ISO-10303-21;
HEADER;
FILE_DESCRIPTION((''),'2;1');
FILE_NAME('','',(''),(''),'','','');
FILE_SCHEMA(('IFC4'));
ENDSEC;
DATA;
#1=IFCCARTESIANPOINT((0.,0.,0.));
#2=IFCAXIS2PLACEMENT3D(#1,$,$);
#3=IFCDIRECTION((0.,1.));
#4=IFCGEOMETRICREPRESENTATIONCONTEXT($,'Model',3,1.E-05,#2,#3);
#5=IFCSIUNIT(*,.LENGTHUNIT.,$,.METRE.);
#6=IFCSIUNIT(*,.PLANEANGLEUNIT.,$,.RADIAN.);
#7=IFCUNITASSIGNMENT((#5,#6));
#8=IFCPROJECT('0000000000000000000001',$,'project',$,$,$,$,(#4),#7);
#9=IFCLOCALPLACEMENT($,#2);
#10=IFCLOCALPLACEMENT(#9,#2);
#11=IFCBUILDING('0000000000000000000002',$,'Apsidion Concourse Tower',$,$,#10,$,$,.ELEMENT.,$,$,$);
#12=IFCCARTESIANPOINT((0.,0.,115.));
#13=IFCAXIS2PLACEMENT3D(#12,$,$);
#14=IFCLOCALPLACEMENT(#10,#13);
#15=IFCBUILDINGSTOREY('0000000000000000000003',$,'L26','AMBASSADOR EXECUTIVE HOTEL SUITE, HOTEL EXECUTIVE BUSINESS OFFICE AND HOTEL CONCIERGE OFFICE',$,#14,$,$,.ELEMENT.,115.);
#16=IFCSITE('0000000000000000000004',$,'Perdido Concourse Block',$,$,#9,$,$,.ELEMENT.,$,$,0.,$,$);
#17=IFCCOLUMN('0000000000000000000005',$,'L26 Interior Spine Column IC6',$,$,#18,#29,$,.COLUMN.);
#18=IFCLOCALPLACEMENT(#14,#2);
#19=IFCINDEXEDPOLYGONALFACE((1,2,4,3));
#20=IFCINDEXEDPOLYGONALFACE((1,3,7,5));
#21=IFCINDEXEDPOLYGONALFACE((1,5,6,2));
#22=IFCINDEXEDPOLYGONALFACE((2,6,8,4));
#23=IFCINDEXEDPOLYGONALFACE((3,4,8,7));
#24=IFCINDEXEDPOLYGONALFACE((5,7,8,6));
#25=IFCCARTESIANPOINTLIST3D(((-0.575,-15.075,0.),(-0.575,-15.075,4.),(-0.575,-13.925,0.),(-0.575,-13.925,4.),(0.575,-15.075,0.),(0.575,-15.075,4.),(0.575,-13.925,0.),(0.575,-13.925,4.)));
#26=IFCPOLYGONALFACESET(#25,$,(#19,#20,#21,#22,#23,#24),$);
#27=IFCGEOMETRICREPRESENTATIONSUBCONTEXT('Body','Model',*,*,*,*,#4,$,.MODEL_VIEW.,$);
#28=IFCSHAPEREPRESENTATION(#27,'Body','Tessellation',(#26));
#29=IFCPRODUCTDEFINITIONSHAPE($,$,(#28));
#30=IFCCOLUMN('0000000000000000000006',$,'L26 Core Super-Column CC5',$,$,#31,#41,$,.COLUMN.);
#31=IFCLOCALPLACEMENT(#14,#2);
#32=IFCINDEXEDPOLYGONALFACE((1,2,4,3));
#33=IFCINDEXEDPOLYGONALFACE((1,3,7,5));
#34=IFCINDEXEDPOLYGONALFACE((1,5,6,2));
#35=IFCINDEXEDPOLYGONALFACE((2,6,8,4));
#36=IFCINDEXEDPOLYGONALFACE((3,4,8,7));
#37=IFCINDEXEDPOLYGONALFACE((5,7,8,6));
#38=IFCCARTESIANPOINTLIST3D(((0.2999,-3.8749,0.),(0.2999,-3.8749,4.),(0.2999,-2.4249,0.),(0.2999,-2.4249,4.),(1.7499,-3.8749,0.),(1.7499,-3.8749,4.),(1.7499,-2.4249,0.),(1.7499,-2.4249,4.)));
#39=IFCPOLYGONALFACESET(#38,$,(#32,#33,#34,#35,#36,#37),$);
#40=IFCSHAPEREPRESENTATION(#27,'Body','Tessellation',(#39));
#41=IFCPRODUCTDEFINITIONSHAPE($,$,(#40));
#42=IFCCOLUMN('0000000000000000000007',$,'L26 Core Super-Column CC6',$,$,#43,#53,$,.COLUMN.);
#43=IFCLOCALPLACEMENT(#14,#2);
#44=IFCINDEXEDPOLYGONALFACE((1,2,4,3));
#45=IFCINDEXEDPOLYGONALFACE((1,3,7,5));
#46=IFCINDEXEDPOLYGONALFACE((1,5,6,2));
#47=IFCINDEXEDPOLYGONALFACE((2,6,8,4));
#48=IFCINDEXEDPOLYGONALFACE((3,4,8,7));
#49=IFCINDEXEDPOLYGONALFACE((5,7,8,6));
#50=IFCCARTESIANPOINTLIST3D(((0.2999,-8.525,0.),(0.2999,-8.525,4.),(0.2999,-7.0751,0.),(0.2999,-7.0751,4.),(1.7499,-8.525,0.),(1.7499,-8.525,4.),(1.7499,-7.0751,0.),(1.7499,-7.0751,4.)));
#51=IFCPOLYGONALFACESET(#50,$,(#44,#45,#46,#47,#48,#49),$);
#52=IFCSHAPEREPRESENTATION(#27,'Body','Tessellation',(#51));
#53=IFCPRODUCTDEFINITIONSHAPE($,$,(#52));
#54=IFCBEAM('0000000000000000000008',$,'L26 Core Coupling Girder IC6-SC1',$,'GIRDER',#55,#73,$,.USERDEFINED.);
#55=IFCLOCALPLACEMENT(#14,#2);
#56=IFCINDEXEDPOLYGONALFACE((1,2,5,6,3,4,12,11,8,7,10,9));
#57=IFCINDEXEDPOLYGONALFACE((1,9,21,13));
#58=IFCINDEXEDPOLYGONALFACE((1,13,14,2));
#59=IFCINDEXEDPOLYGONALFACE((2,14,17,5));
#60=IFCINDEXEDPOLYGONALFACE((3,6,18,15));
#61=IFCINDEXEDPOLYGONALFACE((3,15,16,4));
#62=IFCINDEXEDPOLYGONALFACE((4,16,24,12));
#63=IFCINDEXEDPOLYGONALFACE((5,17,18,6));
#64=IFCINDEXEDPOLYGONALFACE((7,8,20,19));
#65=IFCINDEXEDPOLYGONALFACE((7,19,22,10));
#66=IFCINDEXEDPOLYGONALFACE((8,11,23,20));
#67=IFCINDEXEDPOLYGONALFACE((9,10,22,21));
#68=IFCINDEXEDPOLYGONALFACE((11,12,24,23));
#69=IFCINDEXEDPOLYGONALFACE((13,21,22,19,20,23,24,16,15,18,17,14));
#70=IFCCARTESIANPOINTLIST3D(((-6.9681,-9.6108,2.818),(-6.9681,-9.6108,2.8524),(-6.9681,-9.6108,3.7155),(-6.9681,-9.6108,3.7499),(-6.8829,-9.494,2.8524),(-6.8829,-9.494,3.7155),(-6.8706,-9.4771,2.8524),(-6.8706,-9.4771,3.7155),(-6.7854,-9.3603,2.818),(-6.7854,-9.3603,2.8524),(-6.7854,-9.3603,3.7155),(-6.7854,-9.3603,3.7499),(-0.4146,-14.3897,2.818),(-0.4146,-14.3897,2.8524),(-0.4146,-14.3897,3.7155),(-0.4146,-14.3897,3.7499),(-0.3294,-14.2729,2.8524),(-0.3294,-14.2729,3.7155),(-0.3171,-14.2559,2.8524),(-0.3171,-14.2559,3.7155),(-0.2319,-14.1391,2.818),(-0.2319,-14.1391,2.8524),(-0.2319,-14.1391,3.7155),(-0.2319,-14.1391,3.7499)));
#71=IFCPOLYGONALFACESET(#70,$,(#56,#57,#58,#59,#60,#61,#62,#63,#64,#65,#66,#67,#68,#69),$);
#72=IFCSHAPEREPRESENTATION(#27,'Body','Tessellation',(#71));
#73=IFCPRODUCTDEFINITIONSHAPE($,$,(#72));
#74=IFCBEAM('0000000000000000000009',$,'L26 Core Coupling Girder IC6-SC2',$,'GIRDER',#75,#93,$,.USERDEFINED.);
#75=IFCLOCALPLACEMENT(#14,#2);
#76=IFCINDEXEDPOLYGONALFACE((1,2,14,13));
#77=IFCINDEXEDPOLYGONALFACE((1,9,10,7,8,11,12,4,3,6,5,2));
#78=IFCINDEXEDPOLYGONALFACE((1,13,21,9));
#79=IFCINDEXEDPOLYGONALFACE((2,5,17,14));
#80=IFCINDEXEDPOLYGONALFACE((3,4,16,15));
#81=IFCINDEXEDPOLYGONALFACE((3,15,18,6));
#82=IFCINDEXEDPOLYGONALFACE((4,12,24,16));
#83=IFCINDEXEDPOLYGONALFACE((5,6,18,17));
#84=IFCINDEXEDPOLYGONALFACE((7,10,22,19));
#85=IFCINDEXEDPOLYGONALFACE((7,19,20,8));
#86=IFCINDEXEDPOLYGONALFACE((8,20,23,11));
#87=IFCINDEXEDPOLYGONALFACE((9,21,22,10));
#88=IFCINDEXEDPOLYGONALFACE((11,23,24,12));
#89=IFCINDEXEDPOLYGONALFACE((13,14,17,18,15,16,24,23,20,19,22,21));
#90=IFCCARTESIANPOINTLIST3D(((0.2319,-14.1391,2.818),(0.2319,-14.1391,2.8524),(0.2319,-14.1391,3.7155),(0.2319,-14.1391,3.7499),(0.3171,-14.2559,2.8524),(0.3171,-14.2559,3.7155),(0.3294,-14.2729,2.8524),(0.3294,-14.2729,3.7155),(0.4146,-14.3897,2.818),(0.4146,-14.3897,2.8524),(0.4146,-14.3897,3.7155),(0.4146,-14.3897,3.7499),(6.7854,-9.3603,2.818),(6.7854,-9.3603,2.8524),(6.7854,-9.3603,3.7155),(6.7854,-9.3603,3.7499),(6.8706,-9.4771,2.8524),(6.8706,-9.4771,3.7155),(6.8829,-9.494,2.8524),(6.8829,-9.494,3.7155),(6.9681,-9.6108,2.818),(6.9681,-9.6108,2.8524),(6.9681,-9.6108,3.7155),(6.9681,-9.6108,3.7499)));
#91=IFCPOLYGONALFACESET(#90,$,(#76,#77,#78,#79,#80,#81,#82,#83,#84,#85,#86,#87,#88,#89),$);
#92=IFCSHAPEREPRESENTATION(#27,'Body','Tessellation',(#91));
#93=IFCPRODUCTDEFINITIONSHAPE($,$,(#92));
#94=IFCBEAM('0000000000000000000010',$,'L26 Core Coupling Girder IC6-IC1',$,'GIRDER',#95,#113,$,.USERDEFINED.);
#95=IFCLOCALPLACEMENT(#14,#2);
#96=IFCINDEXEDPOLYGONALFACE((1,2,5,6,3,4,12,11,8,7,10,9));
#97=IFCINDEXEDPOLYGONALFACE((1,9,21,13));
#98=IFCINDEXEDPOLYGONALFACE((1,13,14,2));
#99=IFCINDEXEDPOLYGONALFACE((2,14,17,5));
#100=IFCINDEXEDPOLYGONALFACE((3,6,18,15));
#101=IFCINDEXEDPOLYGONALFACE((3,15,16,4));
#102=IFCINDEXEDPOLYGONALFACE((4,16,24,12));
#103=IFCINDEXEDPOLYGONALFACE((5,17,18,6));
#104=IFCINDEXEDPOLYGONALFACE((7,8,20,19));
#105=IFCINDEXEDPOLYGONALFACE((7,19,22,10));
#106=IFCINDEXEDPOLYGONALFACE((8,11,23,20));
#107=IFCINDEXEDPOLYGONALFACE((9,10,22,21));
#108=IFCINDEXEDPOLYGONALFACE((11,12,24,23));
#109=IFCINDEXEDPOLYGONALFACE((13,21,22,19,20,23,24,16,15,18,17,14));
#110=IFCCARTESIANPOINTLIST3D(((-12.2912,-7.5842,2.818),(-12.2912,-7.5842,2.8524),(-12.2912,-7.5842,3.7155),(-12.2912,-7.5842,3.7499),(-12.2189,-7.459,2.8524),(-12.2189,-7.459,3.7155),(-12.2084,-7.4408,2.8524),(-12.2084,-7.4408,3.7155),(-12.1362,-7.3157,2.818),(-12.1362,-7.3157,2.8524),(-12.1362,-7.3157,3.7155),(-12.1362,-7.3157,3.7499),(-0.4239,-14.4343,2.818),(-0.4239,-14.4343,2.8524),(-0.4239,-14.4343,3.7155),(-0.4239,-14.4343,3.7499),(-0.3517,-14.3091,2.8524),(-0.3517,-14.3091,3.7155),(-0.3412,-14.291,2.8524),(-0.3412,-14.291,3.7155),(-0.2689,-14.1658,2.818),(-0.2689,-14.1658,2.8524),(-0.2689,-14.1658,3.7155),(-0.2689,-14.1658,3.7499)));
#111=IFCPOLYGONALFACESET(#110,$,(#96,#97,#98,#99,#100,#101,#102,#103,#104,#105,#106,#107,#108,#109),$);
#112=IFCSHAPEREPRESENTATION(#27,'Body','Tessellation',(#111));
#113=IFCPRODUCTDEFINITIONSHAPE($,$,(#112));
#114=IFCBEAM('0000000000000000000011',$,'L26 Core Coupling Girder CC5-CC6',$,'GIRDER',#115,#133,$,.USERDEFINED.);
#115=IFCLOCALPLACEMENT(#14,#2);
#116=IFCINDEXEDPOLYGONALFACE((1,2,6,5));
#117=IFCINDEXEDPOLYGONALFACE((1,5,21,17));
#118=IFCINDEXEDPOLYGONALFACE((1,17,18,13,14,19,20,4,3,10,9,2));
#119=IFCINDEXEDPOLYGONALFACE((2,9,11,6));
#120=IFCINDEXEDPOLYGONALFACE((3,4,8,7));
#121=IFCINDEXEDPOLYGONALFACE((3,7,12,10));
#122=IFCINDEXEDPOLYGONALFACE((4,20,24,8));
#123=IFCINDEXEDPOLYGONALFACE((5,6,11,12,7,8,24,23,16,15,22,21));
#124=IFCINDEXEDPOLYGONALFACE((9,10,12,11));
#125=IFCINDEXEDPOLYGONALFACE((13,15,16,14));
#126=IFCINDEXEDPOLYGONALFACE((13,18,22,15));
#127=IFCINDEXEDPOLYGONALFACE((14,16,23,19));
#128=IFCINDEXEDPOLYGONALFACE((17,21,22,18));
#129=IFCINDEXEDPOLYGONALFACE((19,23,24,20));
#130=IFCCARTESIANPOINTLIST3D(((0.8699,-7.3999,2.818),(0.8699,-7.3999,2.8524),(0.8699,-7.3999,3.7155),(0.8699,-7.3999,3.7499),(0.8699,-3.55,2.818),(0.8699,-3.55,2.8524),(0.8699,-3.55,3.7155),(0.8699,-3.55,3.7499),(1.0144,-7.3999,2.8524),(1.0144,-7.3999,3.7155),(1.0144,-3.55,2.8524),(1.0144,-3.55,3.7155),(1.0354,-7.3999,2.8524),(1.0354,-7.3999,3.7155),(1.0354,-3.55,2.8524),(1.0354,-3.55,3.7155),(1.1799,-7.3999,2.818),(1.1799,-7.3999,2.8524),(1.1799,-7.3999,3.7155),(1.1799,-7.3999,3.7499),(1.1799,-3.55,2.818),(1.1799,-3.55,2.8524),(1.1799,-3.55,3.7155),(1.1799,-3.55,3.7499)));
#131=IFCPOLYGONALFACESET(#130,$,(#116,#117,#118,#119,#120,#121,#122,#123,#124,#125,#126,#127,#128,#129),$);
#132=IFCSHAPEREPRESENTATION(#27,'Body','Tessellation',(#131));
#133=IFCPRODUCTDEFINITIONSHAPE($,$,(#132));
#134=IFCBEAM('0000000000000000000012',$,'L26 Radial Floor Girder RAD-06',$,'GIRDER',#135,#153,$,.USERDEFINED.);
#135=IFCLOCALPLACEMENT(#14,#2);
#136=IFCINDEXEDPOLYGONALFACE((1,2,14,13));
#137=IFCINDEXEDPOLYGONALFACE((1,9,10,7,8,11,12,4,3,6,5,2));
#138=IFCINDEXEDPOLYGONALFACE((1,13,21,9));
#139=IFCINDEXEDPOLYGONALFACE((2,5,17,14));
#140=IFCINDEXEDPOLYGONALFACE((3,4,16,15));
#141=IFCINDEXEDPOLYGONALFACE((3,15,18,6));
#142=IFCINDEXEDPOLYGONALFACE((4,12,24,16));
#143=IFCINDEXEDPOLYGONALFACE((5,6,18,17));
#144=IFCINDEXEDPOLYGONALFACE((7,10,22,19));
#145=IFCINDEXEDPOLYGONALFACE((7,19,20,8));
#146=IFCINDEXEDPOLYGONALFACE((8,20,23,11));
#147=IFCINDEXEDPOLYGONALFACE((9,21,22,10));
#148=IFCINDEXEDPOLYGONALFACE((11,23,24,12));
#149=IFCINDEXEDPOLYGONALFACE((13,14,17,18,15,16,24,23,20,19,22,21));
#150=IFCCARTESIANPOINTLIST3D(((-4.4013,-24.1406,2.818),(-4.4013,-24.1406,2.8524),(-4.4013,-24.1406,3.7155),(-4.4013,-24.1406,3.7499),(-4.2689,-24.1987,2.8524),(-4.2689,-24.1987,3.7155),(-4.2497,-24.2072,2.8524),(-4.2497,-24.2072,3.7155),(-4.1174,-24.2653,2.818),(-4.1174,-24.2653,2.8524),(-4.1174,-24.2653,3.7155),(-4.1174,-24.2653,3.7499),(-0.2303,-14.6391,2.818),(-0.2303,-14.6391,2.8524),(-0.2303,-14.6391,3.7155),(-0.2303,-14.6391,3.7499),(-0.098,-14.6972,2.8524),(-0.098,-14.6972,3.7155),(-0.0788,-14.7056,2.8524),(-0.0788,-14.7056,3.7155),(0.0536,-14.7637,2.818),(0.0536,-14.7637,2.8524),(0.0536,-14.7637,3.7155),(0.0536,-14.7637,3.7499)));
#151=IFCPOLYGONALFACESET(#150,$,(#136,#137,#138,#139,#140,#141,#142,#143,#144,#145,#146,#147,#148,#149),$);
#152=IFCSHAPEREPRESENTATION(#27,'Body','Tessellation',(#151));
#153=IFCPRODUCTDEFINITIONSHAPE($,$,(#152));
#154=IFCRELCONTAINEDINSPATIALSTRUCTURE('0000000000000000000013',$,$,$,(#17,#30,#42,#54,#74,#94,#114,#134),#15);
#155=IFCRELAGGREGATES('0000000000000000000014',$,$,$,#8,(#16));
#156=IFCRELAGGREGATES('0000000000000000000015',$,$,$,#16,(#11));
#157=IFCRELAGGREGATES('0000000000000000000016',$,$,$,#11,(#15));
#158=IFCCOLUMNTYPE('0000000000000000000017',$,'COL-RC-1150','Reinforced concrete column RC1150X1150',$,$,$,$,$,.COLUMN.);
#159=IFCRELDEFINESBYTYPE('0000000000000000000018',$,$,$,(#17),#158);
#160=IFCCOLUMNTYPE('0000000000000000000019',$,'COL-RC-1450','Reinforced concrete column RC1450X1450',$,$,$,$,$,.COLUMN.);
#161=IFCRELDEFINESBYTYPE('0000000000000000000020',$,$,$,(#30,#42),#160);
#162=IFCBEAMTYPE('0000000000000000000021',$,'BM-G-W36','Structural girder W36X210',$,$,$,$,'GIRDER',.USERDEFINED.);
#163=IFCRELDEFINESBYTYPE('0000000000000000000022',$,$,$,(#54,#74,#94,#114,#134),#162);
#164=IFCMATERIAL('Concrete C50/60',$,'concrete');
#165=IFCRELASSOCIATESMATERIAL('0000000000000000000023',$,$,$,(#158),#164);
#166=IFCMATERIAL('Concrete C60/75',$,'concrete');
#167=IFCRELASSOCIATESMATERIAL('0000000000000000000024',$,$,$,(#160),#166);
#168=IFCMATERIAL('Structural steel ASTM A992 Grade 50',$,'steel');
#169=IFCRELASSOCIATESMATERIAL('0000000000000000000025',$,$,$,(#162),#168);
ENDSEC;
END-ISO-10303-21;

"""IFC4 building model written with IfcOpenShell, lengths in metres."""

from ifc_helpers import new_model, si_unit, direction, frame, origin, origin_2d, place, context, subcontext, project, spatial, rectangle, i_section, extrude, material, material_profile, profile_set, type_object, element, save


model = new_model("IFC4")

# Units and contexts
model_context = context("Model", 3, precision=1e-05, world=origin(), true_north=direction((0.0, 1.0)))
body_context = subcontext(model_context, "Body", "Model", "MODEL_VIEW")
ifc_project = project(units=[si_unit("LENGTHUNIT", "METRE"), si_unit("PLANEANGLEUNIT", "RADIAN")], contexts=[model_context])

# Site, building, storey
site_placement = place(None, origin())
site = spatial("IfcSite", under=ifc_project, at=site_placement, Name="Perdido Concourse Block", CompositionType="ELEMENT", RefElevation=0.0)
building_placement = place(site_placement, origin())
building = spatial("IfcBuilding", under=site, at=building_placement, Name="Apsidion Concourse Tower", CompositionType="ELEMENT")
storey_placement = place(building_placement, frame((0.0, 0.0, 115.0)))
storey = spatial("IfcBuildingStorey", under=building, at=storey_placement, Name="L26", Description="AMBASSADOR EXECUTIVE HOTEL SUITE, HOTEL EXECUTIVE BUSINESS OFFICE AND HOTEL CONCIERGE OFFICE", CompositionType="ELEMENT", Elevation=115.0)

# Columns
ifc_material_1 = material(Name="Concrete C50/60", Category="concrete")
ifc_material_profile_1 = material_profile(ifc_material_1, rectangle(XDim=1.1499, YDim=1.1499, at=origin_2d()), Name="RC 1150x1150")
ifc_profile_set_1 = profile_set([ifc_material_profile_1], Name="Concrete C50/60")
column_type_1 = type_object("IfcColumnType", Name="COL-RC-1150", Description="Reinforced concrete column RC1150X1150", PredefinedType="COLUMN", material=ifc_profile_set_1)
column_placement = place(storey_placement, frame((0.0, -14.5, 0.0), z_axis=(0.0, 0.0, 1.0), x_axis=(1.0, 0.0, 0.0)))
element("IfcColumn", 1, at=column_placement, inside=storey, type_object=column_type_1, Name="L26 Interior Spine Column IC6", PredefinedType="COLUMN", context=body_context, shape_type="SweptSolid", body=[
    extrude(rectangle(XDim=1.1499, YDim=1.1499, at=origin_2d()), origin(), (0.0, 0.0, 1.0), 4.0),
])
ifc_material_2 = material(Name="Concrete C60/75", Category="concrete")
ifc_material_profile_2 = material_profile(ifc_material_2, rectangle(XDim=1.45, YDim=1.45, at=origin_2d()), Name="RC 1450x1450")
ifc_profile_set_2 = profile_set([ifc_material_profile_2], Name="Concrete C60/75")
column_type_2 = type_object("IfcColumnType", Name="COL-RC-1450", Description="Reinforced concrete column RC1450X1450", PredefinedType="COLUMN", material=ifc_profile_set_2)
for number, where, z_axis, x_axis, name in (
    (2, (1.0249, -3.1499, 0.0), (0.0, 0.0, 1.0), (1.0, 0.0, 0.0), "L26 Core Super-Column CC5"),
    (3, (1.0249, -7.8, 0.0), (0.0, 0.0, 1.0), (1.0, 0.0, 0.0), "L26 Core Super-Column CC6"),
):
    element("IfcColumn", number, at=place(storey_placement, frame(where, z_axis=z_axis, x_axis=x_axis)), inside=storey, type_object=column_type_2, Name=name, PredefinedType="COLUMN", context=body_context, shape_type="SweptSolid", body=[
        extrude(rectangle(XDim=1.45, YDim=1.45, at=origin_2d()), origin(), (0.0, 0.0, 1.0), 4.0),
    ])

# Beams
ifc_material_3 = material(Name="Structural steel ASTM A992 Grade 50", Category="steel")
ifc_material_profile_3 = material_profile(ifc_material_3, i_section(OverallWidth=0.3101, OverallDepth=0.9319, WebThickness=0.021, FlangeThickness=0.0344, at=origin_2d()), Name="W36X210")
ifc_profile_set_3 = profile_set([ifc_material_profile_3], Name="Structural steel ASTM A992 Grade 50")
beam_type = type_object("IfcBeamType", Name="BM-G-W36", Description="Structural girder W36X210", ElementType="GIRDER", PredefinedType="USERDEFINED", material=ifc_profile_set_3)
for number, where, z_axis, x_axis, name in (
    (4, (-0.3232, -14.2644, 3.2839), (-0.807993, 0.589191, 0.0), (-0.589191, -0.807993, 0.0), "L26 Core Coupling Girder IC6-SC1"),
    (5, (0.3232, -14.2644, 3.2839), (0.807993, 0.589191, 0.0), (-0.589191, 0.807993, 0.0), "L26 Core Coupling Girder IC6-SC2"),
):
    element("IfcBeam", number, at=place(storey_placement, frame(where, z_axis=z_axis, x_axis=x_axis)), inside=storey, type_object=beam_type, Name=name, ObjectType="GIRDER", PredefinedType="USERDEFINED", context=body_context, shape_type="SweptSolid", body=[
        extrude(i_section(OverallWidth=0.3101, OverallDepth=0.9319, WebThickness=0.021, FlangeThickness=0.0344, at=origin_2d()), origin(), (0.0, 0.0, 1.0), 8.1108),
    ])
beam_1_placement = place(storey_placement, frame((-0.3464, -14.3, 3.2839), z_axis=(-0.86607, 0.499922, 0.0), x_axis=(-0.499922, -0.86607, 0.0)))
element("IfcBeam", 6, at=beam_1_placement, inside=storey, type_object=beam_type, Name="L26 Core Coupling Girder IC6-IC1", ObjectType="GIRDER", PredefinedType="USERDEFINED", context=body_context, shape_type="SweptSolid", body=[
    extrude(i_section(OverallWidth=0.3101, OverallDepth=0.9319, WebThickness=0.021, FlangeThickness=0.0344, at=origin_2d()), origin(), (0.0, 0.0, 1.0), 13.7024),
])
beam_2_placement = place(storey_placement, frame((1.0249, -3.55, 3.2839), z_axis=(0.0, -1.0, 0.0), x_axis=(1.0, 0.0, 0.0)))
element("IfcBeam", 7, at=beam_2_placement, inside=storey, type_object=beam_type, Name="L26 Core Coupling Girder CC5-CC6", ObjectType="GIRDER", PredefinedType="USERDEFINED", context=body_context, shape_type="SweptSolid", body=[
    extrude(i_section(OverallWidth=0.3101, OverallDepth=0.9319, WebThickness=0.021, FlangeThickness=0.0344, at=origin_2d()), origin(), (0.0, 0.0, 1.0), 3.8499),
])
beam_3_placement = place(storey_placement, frame((-0.0884, -14.7014, 3.2839), z_axis=(-0.401952, -0.915661, 0.0), x_axis=(0.915661, -0.401952, 0.0)))
element("IfcBeam", 8, at=beam_3_placement, inside=storey, type_object=beam_type, Name="L26 Radial Floor Girder RAD-06", ObjectType="GIRDER", PredefinedType="USERDEFINED", context=body_context, shape_type="SweptSolid", body=[
    extrude(i_section(OverallWidth=0.3101, OverallDepth=0.9319, WebThickness=0.021, FlangeThickness=0.0344, at=origin_2d()), origin(), (0.0, 0.0, 1.0), 10.3767),
])

save(model, "model.ifc")
